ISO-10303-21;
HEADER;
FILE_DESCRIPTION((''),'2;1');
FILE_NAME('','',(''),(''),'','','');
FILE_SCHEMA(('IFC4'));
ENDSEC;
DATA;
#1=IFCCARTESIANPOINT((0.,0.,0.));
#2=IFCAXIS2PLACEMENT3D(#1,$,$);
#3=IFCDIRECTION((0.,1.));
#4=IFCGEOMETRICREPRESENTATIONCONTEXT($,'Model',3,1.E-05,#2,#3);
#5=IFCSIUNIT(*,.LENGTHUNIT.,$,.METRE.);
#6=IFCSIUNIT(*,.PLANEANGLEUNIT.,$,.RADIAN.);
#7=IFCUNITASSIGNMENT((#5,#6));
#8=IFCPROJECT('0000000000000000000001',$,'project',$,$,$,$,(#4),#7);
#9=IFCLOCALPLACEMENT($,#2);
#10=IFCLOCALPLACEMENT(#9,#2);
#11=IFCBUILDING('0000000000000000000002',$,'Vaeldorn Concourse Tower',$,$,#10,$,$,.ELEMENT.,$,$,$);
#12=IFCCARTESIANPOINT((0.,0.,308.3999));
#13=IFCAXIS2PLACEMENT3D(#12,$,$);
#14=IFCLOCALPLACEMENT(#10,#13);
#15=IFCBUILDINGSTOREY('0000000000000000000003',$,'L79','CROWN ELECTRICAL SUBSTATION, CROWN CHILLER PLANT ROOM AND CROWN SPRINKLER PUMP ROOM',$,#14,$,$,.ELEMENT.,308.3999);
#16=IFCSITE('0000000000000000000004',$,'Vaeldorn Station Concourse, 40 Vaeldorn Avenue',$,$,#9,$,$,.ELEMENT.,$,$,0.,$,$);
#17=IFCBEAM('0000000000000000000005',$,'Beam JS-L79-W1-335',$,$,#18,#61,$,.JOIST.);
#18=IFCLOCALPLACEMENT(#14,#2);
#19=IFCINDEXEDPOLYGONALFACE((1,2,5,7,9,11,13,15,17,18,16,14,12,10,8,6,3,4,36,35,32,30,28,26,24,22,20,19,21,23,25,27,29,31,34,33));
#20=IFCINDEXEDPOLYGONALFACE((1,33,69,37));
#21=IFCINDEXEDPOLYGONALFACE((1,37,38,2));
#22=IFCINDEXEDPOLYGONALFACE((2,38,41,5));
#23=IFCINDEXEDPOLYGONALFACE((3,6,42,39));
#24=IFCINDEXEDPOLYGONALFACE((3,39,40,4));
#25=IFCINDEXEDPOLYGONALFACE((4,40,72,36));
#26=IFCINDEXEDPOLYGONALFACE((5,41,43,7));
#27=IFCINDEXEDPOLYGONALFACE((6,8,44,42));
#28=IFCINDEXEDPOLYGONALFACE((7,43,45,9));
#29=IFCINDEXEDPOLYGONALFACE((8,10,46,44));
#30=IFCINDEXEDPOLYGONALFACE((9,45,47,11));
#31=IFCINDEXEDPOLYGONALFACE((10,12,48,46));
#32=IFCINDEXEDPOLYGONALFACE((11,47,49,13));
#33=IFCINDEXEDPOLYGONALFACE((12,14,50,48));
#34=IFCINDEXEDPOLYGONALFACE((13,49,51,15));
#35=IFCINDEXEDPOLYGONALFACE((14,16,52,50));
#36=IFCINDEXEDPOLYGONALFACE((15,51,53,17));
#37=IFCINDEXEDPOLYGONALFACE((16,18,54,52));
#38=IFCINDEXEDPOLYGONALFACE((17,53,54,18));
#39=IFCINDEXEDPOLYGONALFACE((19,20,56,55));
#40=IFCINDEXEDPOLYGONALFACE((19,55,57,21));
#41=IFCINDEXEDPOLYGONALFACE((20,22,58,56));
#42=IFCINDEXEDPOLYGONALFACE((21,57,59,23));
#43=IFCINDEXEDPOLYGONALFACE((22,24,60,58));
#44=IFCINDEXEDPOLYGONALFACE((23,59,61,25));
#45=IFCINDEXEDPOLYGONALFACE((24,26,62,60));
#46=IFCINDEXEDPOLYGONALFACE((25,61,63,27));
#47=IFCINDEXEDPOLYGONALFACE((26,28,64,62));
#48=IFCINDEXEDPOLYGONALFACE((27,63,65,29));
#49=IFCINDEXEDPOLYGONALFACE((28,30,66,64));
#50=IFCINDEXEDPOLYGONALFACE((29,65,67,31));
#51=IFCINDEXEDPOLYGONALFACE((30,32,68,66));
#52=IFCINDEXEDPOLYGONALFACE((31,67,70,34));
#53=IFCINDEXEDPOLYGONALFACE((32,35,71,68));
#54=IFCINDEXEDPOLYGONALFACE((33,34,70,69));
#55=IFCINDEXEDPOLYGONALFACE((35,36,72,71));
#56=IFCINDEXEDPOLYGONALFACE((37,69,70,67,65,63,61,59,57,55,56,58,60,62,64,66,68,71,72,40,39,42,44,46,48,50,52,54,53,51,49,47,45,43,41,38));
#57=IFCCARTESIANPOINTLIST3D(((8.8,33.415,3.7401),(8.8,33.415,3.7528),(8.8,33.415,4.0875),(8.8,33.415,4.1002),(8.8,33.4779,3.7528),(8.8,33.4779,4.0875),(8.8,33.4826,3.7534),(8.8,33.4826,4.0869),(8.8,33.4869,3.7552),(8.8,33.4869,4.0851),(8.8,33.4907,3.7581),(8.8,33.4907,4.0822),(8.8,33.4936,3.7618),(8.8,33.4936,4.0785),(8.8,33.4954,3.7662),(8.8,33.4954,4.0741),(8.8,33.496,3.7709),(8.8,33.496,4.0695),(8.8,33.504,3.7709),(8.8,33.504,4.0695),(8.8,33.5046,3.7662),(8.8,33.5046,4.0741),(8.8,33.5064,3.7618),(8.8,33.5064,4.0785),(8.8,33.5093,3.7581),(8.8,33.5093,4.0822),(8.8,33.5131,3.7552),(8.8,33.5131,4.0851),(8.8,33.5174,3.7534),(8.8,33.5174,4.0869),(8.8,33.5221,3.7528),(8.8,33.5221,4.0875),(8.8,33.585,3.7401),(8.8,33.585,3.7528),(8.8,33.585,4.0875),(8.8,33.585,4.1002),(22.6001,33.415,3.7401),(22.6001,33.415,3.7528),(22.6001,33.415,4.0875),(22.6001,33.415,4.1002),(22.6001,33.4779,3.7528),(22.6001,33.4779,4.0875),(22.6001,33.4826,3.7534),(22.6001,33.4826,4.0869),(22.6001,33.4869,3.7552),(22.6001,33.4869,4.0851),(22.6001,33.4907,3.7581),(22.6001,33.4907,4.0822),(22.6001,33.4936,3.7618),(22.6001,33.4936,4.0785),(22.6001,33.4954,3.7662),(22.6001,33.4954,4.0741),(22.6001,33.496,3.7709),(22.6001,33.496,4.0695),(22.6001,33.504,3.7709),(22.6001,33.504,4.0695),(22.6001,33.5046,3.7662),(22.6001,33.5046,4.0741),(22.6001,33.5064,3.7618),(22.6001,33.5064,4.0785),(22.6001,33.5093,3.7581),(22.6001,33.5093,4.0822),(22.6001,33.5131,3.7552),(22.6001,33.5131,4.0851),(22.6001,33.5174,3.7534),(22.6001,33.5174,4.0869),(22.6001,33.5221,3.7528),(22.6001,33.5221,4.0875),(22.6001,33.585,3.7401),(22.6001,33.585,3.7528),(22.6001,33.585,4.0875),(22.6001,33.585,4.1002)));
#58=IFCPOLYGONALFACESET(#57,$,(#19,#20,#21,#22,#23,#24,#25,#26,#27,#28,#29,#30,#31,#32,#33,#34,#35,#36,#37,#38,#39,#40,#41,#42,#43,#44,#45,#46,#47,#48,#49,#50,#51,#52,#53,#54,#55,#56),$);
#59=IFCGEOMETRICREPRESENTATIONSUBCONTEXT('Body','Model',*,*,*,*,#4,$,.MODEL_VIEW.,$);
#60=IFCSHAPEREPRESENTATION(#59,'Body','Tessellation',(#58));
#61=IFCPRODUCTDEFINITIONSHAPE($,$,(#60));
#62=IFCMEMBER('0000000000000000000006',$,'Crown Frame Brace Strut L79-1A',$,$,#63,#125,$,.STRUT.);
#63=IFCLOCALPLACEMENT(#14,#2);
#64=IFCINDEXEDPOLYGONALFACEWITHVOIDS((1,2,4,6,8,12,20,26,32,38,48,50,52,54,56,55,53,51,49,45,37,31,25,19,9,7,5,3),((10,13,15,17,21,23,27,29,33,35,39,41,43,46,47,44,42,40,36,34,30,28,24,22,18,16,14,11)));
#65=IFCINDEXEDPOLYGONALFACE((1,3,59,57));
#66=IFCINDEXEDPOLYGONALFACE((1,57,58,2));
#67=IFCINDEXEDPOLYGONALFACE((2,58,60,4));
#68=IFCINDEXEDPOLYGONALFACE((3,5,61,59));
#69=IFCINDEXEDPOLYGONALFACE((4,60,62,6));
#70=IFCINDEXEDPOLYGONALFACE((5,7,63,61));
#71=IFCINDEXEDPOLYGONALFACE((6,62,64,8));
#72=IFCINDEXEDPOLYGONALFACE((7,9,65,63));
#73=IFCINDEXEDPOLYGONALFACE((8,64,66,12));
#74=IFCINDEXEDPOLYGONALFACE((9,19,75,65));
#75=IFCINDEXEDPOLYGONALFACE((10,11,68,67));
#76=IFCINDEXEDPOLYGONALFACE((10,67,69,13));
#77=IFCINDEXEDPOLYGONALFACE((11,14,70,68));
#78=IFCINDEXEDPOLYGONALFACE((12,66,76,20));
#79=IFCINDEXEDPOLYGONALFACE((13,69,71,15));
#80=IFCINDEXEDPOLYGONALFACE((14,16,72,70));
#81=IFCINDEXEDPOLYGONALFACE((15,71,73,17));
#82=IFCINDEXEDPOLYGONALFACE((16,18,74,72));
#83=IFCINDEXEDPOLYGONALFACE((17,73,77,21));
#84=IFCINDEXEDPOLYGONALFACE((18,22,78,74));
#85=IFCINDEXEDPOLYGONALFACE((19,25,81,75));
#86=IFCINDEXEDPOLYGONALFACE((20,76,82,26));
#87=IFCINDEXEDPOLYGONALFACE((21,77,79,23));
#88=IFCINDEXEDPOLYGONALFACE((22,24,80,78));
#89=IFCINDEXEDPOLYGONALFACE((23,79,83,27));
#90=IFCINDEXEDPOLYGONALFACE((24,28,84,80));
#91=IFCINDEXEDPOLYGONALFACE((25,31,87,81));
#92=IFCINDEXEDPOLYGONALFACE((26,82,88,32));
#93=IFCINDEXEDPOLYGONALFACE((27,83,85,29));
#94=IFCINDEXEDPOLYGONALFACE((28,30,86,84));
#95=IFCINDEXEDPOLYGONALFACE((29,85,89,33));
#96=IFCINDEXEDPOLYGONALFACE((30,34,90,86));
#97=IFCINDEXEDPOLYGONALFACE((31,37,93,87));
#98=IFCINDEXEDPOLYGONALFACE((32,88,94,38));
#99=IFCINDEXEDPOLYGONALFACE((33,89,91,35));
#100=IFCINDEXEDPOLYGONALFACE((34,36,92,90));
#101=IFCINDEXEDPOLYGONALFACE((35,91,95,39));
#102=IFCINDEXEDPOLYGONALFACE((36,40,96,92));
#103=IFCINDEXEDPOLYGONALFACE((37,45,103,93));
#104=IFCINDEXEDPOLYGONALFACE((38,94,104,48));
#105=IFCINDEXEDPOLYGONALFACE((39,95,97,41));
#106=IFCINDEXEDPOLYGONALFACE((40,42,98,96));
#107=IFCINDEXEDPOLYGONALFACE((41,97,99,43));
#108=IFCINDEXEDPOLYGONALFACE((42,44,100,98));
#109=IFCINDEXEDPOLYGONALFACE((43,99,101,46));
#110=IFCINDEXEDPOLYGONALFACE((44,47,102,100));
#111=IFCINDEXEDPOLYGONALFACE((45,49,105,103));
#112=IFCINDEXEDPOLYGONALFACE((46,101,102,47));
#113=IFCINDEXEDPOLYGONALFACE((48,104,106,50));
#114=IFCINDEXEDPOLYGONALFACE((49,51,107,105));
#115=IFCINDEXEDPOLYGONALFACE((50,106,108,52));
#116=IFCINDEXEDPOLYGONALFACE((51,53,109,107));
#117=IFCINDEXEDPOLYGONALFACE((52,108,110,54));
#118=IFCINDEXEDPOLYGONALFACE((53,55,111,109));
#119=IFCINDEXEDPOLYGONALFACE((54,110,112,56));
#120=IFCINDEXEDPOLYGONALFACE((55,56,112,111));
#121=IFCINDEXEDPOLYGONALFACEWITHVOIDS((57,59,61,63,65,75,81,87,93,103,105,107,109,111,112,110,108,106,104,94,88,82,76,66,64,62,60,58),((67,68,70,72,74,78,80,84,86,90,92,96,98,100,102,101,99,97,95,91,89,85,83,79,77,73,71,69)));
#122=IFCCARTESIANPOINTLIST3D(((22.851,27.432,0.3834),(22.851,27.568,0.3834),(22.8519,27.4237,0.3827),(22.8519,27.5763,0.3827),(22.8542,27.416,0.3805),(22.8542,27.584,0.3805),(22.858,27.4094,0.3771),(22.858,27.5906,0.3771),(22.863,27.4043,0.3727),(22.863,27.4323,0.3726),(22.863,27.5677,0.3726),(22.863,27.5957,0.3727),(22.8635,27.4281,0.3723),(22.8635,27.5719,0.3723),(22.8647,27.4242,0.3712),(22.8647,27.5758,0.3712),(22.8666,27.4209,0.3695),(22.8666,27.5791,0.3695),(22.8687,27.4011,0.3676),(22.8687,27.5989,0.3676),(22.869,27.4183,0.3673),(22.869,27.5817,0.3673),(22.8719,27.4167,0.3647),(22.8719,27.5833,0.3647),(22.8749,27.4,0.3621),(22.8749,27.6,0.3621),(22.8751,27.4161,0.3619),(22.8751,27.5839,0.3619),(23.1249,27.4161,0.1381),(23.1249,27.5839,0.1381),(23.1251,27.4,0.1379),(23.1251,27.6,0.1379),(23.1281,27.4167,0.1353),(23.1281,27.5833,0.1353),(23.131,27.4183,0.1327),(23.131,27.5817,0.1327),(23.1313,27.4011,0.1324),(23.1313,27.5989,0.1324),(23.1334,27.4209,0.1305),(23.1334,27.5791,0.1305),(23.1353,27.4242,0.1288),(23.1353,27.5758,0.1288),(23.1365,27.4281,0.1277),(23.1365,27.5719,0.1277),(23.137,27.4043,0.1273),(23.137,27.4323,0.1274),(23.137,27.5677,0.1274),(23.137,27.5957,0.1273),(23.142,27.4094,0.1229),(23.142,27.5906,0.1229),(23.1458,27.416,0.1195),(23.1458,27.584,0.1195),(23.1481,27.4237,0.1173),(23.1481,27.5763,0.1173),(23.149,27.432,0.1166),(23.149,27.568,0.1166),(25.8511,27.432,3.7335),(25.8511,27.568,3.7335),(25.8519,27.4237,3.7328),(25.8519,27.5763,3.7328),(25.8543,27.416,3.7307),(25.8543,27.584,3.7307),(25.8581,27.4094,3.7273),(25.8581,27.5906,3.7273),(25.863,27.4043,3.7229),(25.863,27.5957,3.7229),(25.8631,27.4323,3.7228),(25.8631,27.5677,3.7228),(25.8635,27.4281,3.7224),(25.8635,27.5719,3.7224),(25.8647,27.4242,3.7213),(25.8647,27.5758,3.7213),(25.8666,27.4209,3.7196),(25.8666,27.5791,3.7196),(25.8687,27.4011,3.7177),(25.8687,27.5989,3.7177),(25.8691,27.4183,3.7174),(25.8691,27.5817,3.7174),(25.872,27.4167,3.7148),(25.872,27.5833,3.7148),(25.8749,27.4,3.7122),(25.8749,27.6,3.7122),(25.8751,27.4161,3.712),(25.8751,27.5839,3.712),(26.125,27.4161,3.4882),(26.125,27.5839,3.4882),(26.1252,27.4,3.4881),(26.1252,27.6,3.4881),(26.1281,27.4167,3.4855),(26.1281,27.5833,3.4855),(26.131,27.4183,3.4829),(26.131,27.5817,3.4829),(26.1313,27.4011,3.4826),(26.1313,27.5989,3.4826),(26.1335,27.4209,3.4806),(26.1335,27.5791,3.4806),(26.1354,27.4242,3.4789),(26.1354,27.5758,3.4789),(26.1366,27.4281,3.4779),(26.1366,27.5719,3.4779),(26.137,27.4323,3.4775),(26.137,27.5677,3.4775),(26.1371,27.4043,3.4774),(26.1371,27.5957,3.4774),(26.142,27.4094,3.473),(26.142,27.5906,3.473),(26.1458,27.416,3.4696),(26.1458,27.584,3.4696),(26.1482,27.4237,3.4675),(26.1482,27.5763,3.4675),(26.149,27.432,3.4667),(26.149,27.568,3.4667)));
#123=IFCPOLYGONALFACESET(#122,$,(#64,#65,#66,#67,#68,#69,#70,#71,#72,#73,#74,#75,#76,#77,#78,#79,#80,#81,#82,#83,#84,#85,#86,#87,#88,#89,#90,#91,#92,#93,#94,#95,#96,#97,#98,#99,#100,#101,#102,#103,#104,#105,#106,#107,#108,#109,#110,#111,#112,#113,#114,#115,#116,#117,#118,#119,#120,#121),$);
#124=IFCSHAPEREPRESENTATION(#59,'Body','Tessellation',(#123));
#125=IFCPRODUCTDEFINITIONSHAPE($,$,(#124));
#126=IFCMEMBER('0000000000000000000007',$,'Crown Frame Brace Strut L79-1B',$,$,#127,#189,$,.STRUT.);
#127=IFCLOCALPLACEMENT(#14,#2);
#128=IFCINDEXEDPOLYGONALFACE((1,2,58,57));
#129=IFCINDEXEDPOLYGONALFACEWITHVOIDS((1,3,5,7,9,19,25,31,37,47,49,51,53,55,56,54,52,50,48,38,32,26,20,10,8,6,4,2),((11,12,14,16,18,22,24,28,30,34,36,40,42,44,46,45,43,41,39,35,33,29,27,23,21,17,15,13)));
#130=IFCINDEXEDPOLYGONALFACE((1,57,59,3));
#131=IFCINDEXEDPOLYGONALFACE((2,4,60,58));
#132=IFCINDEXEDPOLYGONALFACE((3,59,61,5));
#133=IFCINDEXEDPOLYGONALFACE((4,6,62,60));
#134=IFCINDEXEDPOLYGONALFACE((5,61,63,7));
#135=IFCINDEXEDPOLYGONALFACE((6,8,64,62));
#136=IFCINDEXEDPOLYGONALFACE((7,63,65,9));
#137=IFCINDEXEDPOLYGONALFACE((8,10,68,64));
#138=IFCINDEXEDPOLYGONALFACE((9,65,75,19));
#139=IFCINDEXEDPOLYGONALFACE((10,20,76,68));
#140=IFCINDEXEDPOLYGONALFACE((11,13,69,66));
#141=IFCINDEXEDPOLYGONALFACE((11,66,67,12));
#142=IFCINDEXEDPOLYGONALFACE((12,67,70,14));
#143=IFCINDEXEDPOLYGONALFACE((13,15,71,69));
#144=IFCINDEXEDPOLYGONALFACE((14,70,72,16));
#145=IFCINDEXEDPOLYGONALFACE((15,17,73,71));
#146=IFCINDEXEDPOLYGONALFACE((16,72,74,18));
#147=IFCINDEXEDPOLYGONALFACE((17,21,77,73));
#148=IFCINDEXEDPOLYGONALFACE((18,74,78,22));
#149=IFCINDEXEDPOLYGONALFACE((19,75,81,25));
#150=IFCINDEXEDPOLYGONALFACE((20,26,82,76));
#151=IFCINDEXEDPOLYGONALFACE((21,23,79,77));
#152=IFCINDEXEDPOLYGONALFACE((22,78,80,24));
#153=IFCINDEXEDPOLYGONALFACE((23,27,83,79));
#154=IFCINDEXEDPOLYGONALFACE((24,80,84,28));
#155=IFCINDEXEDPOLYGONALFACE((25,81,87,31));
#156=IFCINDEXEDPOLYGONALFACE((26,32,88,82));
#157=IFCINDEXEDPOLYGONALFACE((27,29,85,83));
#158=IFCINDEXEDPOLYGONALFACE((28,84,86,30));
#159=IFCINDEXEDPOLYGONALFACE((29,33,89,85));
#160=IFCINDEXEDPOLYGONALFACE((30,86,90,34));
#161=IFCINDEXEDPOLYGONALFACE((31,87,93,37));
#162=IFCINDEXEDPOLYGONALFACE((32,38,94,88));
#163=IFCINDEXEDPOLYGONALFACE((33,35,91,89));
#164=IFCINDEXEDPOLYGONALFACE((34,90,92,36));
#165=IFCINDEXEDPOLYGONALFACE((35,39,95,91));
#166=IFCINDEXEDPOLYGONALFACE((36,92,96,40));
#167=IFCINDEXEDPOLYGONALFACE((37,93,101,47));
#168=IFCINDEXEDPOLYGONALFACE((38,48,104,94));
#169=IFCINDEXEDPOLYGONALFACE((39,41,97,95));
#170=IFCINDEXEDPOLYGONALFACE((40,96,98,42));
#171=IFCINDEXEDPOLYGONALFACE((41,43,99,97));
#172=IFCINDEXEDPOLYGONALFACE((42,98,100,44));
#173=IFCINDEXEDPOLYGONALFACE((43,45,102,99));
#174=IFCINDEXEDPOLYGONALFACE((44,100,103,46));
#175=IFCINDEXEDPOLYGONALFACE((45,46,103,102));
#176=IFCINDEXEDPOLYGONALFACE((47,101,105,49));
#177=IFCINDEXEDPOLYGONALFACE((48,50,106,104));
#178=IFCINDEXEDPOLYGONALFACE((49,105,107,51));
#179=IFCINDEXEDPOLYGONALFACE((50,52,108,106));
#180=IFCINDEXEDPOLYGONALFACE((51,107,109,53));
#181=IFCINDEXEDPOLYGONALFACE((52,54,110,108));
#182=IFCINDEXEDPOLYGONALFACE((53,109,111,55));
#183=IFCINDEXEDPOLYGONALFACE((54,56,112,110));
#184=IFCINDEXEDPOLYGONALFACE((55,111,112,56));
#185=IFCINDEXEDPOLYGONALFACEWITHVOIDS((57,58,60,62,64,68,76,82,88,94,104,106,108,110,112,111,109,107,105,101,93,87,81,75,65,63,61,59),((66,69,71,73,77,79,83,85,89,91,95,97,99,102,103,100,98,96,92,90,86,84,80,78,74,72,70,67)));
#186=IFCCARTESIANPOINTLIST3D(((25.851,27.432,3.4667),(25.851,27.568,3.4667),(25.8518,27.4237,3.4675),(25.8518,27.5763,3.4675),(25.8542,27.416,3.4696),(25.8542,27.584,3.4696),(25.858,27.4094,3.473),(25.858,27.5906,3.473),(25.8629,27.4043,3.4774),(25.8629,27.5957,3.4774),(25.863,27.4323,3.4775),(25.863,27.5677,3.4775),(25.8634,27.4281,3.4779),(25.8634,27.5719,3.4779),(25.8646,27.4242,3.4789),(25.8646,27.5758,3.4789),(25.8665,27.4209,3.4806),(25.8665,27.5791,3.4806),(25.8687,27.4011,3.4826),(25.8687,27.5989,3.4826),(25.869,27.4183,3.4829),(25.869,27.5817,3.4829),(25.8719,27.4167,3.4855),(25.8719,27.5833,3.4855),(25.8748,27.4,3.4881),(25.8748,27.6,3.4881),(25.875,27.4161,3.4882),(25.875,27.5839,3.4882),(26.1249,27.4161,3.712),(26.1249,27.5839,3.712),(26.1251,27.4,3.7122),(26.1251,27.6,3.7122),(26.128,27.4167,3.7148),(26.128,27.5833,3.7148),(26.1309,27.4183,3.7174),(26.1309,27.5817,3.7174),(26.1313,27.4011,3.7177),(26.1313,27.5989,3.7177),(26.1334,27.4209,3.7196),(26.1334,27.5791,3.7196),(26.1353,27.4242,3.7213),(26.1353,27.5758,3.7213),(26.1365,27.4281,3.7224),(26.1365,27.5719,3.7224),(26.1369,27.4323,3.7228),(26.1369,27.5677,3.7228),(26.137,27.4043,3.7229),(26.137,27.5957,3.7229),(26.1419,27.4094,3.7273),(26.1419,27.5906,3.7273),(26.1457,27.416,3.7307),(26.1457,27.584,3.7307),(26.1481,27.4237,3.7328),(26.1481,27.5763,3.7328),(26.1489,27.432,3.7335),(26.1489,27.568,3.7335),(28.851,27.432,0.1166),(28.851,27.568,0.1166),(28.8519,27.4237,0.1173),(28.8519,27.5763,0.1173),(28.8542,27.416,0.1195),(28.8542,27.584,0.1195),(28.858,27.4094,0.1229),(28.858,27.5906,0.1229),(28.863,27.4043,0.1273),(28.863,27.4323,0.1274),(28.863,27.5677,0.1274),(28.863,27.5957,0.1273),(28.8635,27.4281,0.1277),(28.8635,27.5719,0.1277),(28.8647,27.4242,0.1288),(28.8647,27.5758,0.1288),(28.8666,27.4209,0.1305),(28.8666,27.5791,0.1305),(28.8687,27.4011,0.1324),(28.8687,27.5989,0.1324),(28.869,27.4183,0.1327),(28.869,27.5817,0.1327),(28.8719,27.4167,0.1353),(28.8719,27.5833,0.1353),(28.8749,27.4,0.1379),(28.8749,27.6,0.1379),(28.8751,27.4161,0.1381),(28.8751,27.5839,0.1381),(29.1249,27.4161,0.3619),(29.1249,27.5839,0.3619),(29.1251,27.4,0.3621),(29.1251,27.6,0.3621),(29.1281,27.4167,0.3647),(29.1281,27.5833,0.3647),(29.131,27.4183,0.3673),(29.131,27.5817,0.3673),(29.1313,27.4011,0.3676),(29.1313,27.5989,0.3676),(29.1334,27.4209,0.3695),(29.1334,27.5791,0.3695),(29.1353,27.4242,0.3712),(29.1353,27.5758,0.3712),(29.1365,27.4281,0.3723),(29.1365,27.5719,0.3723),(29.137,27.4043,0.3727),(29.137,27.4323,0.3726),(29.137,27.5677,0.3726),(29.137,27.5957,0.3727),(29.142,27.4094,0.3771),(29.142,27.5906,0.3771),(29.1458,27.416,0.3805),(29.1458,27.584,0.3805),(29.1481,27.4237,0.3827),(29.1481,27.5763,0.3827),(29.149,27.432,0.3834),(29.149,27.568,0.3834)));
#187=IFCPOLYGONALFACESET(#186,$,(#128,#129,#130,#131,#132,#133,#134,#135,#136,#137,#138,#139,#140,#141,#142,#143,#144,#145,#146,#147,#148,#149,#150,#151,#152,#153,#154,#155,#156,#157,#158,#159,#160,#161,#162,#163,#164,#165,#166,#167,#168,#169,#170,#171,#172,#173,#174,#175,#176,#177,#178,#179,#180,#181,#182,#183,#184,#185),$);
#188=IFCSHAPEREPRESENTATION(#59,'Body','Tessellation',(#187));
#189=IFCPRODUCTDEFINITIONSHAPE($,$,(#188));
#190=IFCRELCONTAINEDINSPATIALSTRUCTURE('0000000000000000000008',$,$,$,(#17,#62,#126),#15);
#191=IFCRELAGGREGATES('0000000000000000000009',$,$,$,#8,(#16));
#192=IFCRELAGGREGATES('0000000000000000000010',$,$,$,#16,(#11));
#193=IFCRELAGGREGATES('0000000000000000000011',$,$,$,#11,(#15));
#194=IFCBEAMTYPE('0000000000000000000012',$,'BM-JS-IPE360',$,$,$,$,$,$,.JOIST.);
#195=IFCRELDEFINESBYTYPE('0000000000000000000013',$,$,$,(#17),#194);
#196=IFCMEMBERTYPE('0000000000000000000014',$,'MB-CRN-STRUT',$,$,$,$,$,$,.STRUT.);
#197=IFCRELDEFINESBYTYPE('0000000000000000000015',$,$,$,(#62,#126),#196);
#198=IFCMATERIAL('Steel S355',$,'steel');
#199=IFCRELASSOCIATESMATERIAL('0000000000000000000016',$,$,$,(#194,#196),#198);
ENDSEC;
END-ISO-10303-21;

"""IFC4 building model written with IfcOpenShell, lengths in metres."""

from ifc_helpers import new_model, si_unit, direction, frame, origin, origin_2d, place, context, subcontext, project, spatial, hollow_rectangle, i_section, extrude, source, transform, mapped, material, material_profile, profile_set, type_object, element, save


model = new_model("IFC4")

# Units and contexts
model_context = context("Model", 3, precision=1e-05, world=origin(), true_north=direction((0.0, 1.0)))
body_context = subcontext(model_context, "Body", "Model", "MODEL_VIEW")
ifc_project = project(units=[si_unit("LENGTHUNIT", "METRE"), si_unit("PLANEANGLEUNIT", "RADIAN")], contexts=[model_context])

# Site, building, storey
site_placement = place(None, origin())
site = spatial("IfcSite", under=ifc_project, at=site_placement, Name="Vaeldorn Station Concourse, 40 Vaeldorn Avenue", CompositionType="ELEMENT", RefElevation=0.0)
building_placement = place(site_placement, origin())
building = spatial("IfcBuilding", under=site, at=building_placement, Name="Vaeldorn Concourse Tower", CompositionType="ELEMENT")
storey_placement = place(building_placement, frame((0.0, 0.0, 308.3999)))
storey = spatial("IfcBuildingStorey", under=building, at=storey_placement, Name="L79", Description="CROWN ELECTRICAL SUBSTATION, CROWN CHILLER PLANT ROOM AND CROWN SPRINKLER PUMP ROOM", CompositionType="ELEMENT", Elevation=308.3999)

# Shared definitions
ifc_material_1 = material(Name="Steel S355", Category="steel")

# Beam
ifc_material_profile_1 = material_profile(ifc_material_1, i_section(OverallWidth=0.1699, OverallDepth=0.3601, WebThickness=0.0081, FlangeThickness=0.0127, FilletRadius=0.0181, at=origin_2d()), Name="IPE 360")
ifc_profile_set_1 = profile_set([ifc_material_profile_1], Name="Steel S355")
beam_type_1 = type_object("IfcBeamType", Name="BM-JS-IPE360", PredefinedType="JOIST", material=ifc_profile_set_1)
shared_shape_1 = source(origin(), body_context, "Body", "SweptSolid", [
    extrude(i_section(OverallWidth=0.1699, OverallDepth=0.3601, WebThickness=0.0081, FlangeThickness=0.0127, FilletRadius=0.0181, at=origin_2d()), origin(), (0.0, 0.0, 1.0), 13.8),
])
beam_1_placement = place(storey_placement, frame((8.8, 33.5, 3.9202), z_axis=(1.0, 0.0, 0.0), x_axis=(0.0, 1.0, 0.0)))
element("IfcBeam", 1, at=beam_1_placement, inside=storey, type_object=beam_type_1, Name="Beam JS-L79-W1-335", PredefinedType="JOIST", context=body_context, shape_type="MappedRepresentation", body=[
    mapped(shared_shape_1, transform((0.0, 0.0, 0.0), scale=1.0)),
])

# Members
ifc_material_profile_2 = material_profile(ifc_material_1, hollow_rectangle(XDim=0.2, YDim=0.3999, WallThickness=0.0161, InnerFilletRadius=0.0161, OuterFilletRadius=0.032, at=origin_2d()), Name="RHS 400x200x16")
ifc_profile_set_2 = profile_set([ifc_material_profile_2], Name="Steel S355")
member_type_1 = type_object("IfcMemberType", Name="MB-CRN-STRUT", PredefinedType="STRUT", material=ifc_profile_set_2)
shared_shape_2 = source(origin(), body_context, "Body", "SweptSolid", [
    extrude(hollow_rectangle(XDim=0.2, YDim=0.3999, WallThickness=0.0161, InnerFilletRadius=0.0161, OuterFilletRadius=0.032, at=origin_2d()), origin(), (0.0, 0.0, 1.0), 4.4971),
])
for number, where, z_axis, x_axis, name in (
    (2, (23.0, 27.5, 0.25), (0.667109, 0.0, 0.74496), (0.0, 1.0, 0.0), "Crown Frame Brace Strut L79-1A"),
    (3, (29.0, 27.5, 0.25), (-0.667109, 0.0, 0.74496), (0.0, -1.0, 0.0), "Crown Frame Brace Strut L79-1B"),
):
    element("IfcMember", number, at=place(storey_placement, frame(where, z_axis=z_axis, x_axis=x_axis)), inside=storey, type_object=member_type_1, Name=name, PredefinedType="STRUT", context=body_context, shape_type="MappedRepresentation", body=[
        mapped(shared_shape_2, transform((0.0, 0.0, 0.0), scale=1.0)),
    ])

save(model, "model.ifc")
